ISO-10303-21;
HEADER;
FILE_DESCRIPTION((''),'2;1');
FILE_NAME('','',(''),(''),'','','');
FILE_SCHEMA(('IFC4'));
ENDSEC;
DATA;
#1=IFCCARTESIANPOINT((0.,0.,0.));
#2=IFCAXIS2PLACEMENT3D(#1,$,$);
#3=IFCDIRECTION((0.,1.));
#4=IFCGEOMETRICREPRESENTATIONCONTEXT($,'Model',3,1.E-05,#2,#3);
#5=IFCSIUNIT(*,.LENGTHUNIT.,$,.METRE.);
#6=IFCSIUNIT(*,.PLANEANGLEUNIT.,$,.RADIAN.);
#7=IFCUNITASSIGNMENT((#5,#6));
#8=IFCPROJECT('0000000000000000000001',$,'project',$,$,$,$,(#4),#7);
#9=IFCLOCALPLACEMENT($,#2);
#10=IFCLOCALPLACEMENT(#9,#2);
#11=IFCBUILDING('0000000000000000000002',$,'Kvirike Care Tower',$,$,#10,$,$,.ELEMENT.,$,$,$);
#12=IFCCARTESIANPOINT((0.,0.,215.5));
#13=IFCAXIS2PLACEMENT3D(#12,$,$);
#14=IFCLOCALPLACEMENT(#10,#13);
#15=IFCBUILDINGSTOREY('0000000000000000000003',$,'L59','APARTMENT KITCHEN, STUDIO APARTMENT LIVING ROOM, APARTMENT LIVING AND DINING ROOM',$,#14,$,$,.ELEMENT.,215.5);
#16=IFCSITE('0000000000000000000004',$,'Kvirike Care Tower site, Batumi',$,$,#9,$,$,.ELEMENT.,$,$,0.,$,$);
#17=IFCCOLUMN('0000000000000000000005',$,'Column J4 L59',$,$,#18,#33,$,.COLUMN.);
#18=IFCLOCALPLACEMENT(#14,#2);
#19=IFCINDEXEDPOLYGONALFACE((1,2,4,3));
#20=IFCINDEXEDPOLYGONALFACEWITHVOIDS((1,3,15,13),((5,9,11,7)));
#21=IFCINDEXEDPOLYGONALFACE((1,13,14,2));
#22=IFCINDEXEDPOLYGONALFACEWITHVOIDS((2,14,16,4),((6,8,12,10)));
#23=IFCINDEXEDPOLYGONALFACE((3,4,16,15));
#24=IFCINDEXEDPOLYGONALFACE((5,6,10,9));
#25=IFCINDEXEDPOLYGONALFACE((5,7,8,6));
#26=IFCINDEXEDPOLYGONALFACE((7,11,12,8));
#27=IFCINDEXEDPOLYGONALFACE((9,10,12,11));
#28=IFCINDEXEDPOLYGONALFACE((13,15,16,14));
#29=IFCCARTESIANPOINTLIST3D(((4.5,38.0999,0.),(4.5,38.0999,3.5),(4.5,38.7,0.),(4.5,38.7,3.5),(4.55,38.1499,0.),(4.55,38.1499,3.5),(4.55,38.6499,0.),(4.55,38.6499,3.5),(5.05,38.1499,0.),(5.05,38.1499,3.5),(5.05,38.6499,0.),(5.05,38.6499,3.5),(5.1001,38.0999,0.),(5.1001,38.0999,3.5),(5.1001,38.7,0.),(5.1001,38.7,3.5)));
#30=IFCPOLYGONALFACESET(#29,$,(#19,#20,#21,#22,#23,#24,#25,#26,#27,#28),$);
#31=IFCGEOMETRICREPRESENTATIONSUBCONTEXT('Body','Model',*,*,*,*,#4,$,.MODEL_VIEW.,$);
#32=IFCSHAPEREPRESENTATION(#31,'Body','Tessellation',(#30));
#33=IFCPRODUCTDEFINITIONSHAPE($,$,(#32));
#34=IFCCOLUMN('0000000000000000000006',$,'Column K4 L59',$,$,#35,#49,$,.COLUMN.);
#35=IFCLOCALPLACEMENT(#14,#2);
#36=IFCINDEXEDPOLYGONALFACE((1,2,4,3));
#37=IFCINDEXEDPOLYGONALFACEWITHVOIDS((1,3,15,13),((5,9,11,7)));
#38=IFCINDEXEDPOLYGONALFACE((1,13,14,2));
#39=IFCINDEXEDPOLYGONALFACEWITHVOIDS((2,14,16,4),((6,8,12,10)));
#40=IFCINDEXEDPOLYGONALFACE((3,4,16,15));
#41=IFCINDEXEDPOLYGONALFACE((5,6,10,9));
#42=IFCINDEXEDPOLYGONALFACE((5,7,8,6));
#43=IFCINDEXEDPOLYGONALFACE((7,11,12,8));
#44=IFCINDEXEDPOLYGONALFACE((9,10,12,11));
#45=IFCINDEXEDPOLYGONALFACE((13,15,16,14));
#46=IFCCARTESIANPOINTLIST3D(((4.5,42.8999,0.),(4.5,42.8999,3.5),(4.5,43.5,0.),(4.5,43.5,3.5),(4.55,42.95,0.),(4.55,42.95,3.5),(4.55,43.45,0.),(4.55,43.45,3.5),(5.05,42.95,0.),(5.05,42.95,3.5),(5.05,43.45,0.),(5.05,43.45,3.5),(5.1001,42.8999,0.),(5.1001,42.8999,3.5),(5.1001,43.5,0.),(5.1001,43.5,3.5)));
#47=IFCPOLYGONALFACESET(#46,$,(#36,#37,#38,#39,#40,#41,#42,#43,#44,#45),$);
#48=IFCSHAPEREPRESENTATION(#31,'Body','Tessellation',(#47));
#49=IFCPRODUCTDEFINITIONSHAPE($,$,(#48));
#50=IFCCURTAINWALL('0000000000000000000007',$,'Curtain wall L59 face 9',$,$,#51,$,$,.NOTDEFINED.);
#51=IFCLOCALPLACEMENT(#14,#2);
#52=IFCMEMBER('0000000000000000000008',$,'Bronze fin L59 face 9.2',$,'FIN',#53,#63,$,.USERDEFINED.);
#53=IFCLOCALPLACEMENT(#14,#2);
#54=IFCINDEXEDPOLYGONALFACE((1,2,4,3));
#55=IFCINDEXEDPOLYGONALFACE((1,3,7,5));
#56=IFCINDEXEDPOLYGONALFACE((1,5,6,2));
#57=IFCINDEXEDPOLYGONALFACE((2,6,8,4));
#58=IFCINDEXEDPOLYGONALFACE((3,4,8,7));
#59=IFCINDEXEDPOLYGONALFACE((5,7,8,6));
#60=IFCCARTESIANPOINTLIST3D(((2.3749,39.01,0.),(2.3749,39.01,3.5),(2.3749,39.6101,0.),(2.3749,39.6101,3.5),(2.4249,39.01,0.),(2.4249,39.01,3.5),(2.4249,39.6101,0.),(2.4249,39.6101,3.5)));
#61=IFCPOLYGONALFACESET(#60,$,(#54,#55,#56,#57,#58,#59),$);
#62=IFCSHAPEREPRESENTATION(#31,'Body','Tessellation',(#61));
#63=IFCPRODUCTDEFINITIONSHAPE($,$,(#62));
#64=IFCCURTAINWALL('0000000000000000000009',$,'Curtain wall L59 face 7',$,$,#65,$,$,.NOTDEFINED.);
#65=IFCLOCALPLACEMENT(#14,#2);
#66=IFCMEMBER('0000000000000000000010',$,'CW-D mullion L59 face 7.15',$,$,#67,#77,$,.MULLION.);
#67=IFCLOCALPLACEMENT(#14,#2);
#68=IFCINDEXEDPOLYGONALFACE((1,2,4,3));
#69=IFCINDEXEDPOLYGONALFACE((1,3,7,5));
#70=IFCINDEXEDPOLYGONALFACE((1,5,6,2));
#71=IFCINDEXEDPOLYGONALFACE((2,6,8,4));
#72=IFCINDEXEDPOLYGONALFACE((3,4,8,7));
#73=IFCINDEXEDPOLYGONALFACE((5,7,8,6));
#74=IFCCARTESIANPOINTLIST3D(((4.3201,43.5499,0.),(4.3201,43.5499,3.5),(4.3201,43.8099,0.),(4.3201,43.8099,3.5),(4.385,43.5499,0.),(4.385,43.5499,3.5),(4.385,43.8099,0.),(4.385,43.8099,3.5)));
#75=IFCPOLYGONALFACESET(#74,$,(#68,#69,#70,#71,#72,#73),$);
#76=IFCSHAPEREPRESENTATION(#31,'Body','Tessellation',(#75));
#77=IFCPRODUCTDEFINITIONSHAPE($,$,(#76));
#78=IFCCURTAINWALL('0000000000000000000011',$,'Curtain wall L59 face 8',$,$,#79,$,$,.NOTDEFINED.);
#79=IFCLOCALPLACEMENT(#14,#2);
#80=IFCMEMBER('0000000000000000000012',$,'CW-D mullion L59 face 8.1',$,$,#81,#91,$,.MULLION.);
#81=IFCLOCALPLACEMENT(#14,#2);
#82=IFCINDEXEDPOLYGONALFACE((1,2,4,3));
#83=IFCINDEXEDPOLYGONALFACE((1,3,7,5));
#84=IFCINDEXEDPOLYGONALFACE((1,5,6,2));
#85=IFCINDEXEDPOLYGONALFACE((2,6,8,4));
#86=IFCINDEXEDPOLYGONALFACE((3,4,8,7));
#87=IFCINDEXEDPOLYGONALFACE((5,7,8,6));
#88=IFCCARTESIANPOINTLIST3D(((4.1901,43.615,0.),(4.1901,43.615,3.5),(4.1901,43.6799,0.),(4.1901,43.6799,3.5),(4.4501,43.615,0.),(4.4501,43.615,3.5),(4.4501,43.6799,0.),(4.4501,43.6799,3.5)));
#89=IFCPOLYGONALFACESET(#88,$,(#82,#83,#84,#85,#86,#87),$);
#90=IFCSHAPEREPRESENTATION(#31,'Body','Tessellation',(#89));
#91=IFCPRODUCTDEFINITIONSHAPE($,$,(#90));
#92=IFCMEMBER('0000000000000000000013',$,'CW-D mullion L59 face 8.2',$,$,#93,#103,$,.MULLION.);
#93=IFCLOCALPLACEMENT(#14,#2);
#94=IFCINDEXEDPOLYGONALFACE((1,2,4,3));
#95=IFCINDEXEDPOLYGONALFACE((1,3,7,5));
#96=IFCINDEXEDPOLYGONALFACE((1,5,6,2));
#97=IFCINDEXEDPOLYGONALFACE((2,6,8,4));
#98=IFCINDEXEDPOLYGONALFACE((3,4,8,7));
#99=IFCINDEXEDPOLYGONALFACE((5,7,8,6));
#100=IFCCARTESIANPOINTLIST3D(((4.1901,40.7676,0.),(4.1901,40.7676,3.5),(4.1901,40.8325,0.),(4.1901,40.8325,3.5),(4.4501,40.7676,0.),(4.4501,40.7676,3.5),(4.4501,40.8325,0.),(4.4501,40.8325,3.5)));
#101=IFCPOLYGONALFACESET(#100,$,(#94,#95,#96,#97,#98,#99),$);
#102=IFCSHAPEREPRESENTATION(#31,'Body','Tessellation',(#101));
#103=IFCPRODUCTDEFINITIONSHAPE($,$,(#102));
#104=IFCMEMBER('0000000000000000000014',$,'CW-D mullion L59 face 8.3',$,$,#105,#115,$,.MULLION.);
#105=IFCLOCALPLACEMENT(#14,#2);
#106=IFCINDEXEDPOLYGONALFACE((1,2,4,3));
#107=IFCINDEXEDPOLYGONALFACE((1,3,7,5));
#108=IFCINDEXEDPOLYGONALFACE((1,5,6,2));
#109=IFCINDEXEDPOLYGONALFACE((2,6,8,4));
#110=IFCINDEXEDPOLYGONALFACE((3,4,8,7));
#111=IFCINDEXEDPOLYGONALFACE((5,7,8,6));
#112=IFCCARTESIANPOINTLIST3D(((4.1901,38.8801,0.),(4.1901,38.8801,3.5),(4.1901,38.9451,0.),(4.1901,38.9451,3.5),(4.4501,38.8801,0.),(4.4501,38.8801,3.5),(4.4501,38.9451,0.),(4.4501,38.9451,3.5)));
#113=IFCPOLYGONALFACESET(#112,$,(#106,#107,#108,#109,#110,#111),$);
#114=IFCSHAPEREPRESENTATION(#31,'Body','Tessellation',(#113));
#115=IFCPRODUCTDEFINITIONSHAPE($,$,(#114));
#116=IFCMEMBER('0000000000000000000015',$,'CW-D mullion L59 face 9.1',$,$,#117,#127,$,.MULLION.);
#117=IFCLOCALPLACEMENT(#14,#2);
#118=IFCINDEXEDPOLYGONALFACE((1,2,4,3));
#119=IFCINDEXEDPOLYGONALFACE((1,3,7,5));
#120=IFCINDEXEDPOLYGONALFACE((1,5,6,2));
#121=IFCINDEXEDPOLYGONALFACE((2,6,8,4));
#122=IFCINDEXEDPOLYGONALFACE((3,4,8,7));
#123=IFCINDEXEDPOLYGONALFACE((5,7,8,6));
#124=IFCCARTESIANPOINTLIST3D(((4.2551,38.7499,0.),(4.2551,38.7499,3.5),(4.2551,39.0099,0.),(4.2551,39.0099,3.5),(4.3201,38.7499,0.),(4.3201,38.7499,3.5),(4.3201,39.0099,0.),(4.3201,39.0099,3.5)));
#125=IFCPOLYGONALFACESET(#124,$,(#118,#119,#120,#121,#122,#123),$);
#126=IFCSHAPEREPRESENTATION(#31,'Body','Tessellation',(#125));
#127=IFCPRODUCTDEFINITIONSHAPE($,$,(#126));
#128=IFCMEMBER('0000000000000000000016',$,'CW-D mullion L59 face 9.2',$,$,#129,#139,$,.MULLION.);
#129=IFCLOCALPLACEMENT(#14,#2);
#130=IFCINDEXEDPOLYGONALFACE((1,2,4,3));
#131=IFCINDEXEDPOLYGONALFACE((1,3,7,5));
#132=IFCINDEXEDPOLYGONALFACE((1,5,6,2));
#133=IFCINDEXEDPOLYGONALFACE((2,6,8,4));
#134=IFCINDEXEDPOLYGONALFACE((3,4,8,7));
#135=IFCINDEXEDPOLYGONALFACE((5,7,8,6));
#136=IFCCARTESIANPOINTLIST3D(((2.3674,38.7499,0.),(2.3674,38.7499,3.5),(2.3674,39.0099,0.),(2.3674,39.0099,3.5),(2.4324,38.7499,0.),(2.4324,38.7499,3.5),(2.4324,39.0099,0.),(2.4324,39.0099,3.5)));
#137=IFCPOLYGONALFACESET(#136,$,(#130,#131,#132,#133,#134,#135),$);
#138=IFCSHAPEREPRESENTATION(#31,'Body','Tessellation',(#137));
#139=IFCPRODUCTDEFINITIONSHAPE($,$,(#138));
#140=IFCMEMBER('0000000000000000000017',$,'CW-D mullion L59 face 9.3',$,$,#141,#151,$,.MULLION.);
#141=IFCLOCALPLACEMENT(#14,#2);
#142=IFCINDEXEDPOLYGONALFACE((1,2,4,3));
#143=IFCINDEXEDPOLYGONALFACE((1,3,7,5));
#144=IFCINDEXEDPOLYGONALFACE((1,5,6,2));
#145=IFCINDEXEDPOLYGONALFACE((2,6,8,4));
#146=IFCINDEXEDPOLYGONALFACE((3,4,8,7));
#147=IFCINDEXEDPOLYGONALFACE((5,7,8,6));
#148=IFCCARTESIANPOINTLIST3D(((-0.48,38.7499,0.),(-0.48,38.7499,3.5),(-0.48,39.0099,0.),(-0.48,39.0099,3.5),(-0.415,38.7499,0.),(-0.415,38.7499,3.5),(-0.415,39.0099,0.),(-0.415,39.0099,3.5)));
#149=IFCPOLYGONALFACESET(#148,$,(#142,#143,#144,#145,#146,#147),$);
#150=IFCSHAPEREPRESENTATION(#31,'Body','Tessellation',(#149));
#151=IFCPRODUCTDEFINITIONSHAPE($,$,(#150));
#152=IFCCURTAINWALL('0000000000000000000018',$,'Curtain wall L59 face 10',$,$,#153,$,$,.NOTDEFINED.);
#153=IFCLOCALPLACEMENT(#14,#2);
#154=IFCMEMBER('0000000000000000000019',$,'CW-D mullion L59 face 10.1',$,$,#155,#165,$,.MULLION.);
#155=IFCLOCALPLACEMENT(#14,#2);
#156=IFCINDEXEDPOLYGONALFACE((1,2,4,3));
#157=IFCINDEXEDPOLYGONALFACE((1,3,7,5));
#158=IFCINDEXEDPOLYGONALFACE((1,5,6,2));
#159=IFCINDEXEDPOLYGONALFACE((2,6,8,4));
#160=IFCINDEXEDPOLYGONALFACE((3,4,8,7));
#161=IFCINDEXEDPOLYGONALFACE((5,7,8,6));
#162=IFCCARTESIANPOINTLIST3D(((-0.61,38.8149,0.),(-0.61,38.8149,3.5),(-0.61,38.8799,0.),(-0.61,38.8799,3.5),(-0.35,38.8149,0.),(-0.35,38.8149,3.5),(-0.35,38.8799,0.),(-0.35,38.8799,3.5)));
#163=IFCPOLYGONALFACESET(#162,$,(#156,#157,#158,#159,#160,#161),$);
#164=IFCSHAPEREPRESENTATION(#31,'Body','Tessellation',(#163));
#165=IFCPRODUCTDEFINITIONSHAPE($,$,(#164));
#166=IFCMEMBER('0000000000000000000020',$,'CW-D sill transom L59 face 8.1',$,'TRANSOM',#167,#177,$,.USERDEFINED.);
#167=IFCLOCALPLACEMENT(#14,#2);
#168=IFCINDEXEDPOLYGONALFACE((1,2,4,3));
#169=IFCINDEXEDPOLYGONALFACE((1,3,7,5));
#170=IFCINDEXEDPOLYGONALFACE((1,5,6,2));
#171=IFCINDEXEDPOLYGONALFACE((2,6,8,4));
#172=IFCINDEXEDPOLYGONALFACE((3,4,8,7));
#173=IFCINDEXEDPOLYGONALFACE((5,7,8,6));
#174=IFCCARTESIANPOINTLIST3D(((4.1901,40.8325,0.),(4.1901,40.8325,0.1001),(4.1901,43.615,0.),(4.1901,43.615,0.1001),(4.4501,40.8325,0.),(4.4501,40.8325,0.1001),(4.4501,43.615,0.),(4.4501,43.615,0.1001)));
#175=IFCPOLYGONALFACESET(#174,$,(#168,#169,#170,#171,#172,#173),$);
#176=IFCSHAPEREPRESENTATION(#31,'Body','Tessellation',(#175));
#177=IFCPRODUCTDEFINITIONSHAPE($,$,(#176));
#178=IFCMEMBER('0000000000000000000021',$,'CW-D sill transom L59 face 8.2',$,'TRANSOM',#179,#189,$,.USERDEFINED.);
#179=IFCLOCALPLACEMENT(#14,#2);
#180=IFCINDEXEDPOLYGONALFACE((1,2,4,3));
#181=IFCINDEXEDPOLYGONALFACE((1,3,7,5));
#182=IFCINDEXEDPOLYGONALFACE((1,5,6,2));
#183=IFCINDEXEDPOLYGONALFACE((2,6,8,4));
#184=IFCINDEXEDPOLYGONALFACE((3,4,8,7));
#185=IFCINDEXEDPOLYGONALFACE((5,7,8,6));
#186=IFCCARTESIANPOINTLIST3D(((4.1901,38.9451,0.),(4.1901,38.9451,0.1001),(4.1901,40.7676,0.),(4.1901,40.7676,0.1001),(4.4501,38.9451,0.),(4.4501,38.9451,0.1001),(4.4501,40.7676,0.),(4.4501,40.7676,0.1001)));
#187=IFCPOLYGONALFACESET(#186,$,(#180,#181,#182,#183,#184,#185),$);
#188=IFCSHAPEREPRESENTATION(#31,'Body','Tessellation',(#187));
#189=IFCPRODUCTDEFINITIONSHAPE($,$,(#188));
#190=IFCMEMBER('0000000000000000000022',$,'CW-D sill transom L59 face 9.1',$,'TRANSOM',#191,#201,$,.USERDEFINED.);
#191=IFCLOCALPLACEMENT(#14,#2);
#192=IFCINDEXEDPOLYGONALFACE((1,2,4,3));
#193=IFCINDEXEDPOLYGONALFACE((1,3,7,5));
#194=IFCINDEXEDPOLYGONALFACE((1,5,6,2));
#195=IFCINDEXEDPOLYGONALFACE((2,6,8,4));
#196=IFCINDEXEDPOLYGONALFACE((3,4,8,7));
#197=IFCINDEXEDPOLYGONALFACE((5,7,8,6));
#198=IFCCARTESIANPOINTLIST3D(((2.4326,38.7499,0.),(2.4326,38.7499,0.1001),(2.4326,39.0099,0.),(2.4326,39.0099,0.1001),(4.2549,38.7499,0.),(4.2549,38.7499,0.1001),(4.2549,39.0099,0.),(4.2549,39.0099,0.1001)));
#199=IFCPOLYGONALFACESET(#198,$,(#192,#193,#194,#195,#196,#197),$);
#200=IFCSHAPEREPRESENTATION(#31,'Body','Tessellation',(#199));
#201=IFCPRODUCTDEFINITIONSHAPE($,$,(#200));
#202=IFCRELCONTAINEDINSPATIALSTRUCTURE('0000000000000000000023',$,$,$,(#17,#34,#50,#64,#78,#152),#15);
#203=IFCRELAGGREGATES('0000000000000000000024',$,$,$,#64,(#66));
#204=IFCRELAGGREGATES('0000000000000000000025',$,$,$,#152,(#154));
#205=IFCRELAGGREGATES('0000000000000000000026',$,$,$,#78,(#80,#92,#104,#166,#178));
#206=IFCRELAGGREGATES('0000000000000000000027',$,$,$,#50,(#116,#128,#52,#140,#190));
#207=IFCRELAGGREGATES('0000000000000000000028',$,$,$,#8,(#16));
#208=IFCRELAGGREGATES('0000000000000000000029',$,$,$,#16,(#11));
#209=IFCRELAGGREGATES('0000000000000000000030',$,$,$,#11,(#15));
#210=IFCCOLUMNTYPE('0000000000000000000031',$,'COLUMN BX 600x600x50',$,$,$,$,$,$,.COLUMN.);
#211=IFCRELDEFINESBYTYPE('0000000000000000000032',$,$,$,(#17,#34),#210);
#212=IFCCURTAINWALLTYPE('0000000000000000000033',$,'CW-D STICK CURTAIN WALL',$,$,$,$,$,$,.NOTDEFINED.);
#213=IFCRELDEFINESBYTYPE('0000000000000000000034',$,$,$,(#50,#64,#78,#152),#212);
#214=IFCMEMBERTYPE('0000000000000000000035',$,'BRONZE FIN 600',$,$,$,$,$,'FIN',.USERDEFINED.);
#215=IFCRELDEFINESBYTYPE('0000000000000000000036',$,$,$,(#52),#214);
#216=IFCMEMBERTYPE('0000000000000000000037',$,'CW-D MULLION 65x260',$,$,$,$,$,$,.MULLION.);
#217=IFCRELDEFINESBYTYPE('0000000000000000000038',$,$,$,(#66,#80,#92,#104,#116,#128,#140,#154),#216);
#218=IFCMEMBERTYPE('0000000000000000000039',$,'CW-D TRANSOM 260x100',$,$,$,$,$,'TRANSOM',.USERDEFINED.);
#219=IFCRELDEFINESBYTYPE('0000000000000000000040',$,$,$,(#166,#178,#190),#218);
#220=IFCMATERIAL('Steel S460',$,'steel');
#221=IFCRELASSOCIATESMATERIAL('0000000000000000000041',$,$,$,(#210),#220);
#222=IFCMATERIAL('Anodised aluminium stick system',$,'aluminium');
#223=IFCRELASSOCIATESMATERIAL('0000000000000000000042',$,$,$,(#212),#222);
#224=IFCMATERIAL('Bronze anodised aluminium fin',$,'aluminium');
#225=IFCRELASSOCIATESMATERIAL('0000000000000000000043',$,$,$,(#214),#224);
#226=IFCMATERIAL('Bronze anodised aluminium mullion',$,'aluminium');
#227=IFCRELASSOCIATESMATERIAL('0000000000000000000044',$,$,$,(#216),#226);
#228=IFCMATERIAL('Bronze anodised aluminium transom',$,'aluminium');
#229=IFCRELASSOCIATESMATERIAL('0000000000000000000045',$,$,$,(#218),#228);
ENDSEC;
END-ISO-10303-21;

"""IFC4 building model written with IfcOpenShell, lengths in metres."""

from ifc_helpers import new_model, si_unit, direction, frame, origin, origin_2d, place, context, subcontext, project, spatial, rectangle, hollow_rectangle, extrude, material, material_profile, profile_set, type_object, element, aggregate, save


model = new_model("IFC4")

# Units and contexts
model_context = context("Model", 3, precision=1e-05, world=origin(), true_north=direction((0.0, 1.0)))
body_context = subcontext(model_context, "Body", "Model", "MODEL_VIEW")
ifc_project = project(units=[si_unit("LENGTHUNIT", "METRE"), si_unit("PLANEANGLEUNIT", "RADIAN")], contexts=[model_context])

# Site, building, storey
site_placement = place(None, origin())
site = spatial("IfcSite", under=ifc_project, at=site_placement, Name="Kvirike Care Tower site, Batumi", CompositionType="ELEMENT", RefElevation=0.0)
building_placement = place(site_placement, origin())
building = spatial("IfcBuilding", under=site, at=building_placement, Name="Kvirike Care Tower", CompositionType="ELEMENT")
storey_placement = place(building_placement, frame((0.0, 0.0, 215.5)))
storey = spatial("IfcBuildingStorey", under=building, at=storey_placement, Name="L59", Description="APARTMENT KITCHEN, STUDIO APARTMENT LIVING ROOM, APARTMENT LIVING AND DINING ROOM", CompositionType="ELEMENT", Elevation=215.5)

# Columns
ifc_material_1 = material(Name="Steel S460", Category="steel")
ifc_material_profile_1 = material_profile(ifc_material_1, hollow_rectangle(XDim=0.6001, YDim=0.6001, WallThickness=0.05, at=origin_2d()), Name="BX 600x600x50")
ifc_profile_set_1 = profile_set([ifc_material_profile_1], Name="Steel S460")
column_type = type_object("IfcColumnType", Name="COLUMN BX 600x600x50", PredefinedType="COLUMN", material=ifc_profile_set_1)
for number, where, z_axis, x_axis, name in (
    (1, (4.8, 38.3999, 0.0), (0.0, 0.0, 1.0), (0.0, 1.0, 0.0), "Column J4 L59"),
    (2, (4.8, 43.2, 0.0), (0.0, 0.0, 1.0), (0.0, 1.0, 0.0), "Column K4 L59"),
):
    element("IfcColumn", number, at=place(storey_placement, frame(where, z_axis=z_axis, x_axis=x_axis)), inside=storey, type_object=column_type, Name=name, PredefinedType="COLUMN", context=body_context, shape_type="SweptSolid", body=[
        extrude(hollow_rectangle(XDim=0.6001, YDim=0.6001, WallThickness=0.05, at=origin_2d()), origin(), (0.0, 0.0, 1.0), 3.5),
    ])

# Curtain walls, members
ifc_material_2 = material(Name="Anodised aluminium stick system", Category="aluminium")
curtain_wall_type = type_object("IfcCurtainWallType", Name="CW-D STICK CURTAIN WALL", PredefinedType="NOTDEFINED", material=ifc_material_2)
curtain_wall_1_placement = place(storey_placement, origin())
curtain_wall_1 = element("IfcCurtainWall", 3, at=curtain_wall_1_placement, inside=storey, type_object=curtain_wall_type, Name="Curtain wall L59 face 9", PredefinedType="NOTDEFINED")
ifc_material_3 = material(Name="Bronze anodised aluminium fin", Category="aluminium")
ifc_material_profile_2 = material_profile(ifc_material_3, rectangle(XDim=0.05, YDim=0.6001, at=origin_2d()), Name="BRONZE FIN 600")
ifc_profile_set_2 = profile_set([ifc_material_profile_2], Name="Bronze anodised aluminium fin")
member_type_1 = type_object("IfcMemberType", Name="BRONZE FIN 600", ElementType="FIN", PredefinedType="USERDEFINED", material=ifc_profile_set_2)
member_1_placement = place(storey_placement, frame((2.3999, 39.3101, 0.0), z_axis=(0.0, 0.0, 1.0), x_axis=(-1.0, 0.0, 0.0)))
member_1 = element("IfcMember", 4, at=member_1_placement, type_object=member_type_1, Name="Bronze fin L59 face 9.2", ObjectType="FIN", PredefinedType="USERDEFINED", context=body_context, shape_type="SweptSolid", body=[
    extrude(rectangle(XDim=0.05, YDim=0.6001, at=origin_2d()), origin(), (0.0, 0.0, 1.0), 3.5),
])
curtain_wall_2_placement = place(storey_placement, origin())
curtain_wall_2 = element("IfcCurtainWall", 5, at=curtain_wall_2_placement, inside=storey, type_object=curtain_wall_type, Name="Curtain wall L59 face 7", PredefinedType="NOTDEFINED")
ifc_material_4 = material(Name="Bronze anodised aluminium mullion", Category="aluminium")
ifc_material_profile_3 = material_profile(ifc_material_4, rectangle(XDim=0.0649, YDim=0.26, at=origin_2d()), Name="CW-D MULLION 65x260")
ifc_profile_set_3 = profile_set([ifc_material_profile_3], Name="Bronze anodised aluminium mullion")
member_type_2 = type_object("IfcMemberType", Name="CW-D MULLION 65x260", PredefinedType="MULLION", material=ifc_profile_set_3)
member_2_placement = place(storey_placement, frame((4.3525, 43.6799, 0.0), z_axis=(0.0, 0.0, 1.0), x_axis=(-1.0, 0.0, 0.0)))
member_2 = element("IfcMember", 6, at=member_2_placement, type_object=member_type_2, Name="CW-D mullion L59 face 7.15", PredefinedType="MULLION", context=body_context, shape_type="SweptSolid", body=[
    extrude(rectangle(XDim=0.0649, YDim=0.26, at=origin_2d()), origin(), (0.0, 0.0, 1.0), 3.5),
])
aggregate(curtain_wall_2, [member_2])

# Curtain wall, members
curtain_wall_3_placement = place(storey_placement, origin())
curtain_wall_3 = element("IfcCurtainWall", 7, at=curtain_wall_3_placement, inside=storey, type_object=curtain_wall_type, Name="Curtain wall L59 face 8", PredefinedType="NOTDEFINED")
member_3_placement = place(storey_placement, frame((4.3201, 43.6475, 0.0), z_axis=(0.0, 0.0, 1.0), x_axis=(0.0, -1.0, 0.0)))
member_3 = element("IfcMember", 8, at=member_3_placement, type_object=member_type_2, Name="CW-D mullion L59 face 8.1", PredefinedType="MULLION", context=body_context, shape_type="SweptSolid", body=[
    extrude(rectangle(XDim=0.0649, YDim=0.26, at=origin_2d()), origin(), (0.0, 0.0, 1.0), 3.5),
])
member_4_placement = place(storey_placement, frame((4.3201, 40.8, 0.0), z_axis=(0.0, 0.0, 1.0), x_axis=(0.0, -1.0, 0.0)))
member_4 = element("IfcMember", 9, at=member_4_placement, type_object=member_type_2, Name="CW-D mullion L59 face 8.2", PredefinedType="MULLION", context=body_context, shape_type="SweptSolid", body=[
    extrude(rectangle(XDim=0.0649, YDim=0.26, at=origin_2d()), origin(), (0.0, 0.0, 1.0), 3.5),
])
member_5_placement = place(storey_placement, frame((4.3201, 38.9126, 0.0), z_axis=(0.0, 0.0, 1.0), x_axis=(0.0, -1.0, 0.0)))
member_5 = element("IfcMember", 10, at=member_5_placement, type_object=member_type_2, Name="CW-D mullion L59 face 8.3", PredefinedType="MULLION", context=body_context, shape_type="SweptSolid", body=[
    extrude(rectangle(XDim=0.0649, YDim=0.26, at=origin_2d()), origin(), (0.0, 0.0, 1.0), 3.5),
])

# Members
member_6_placement = place(storey_placement, frame((4.2876, 38.8799, 0.0), z_axis=(0.0, 0.0, 1.0), x_axis=(-1.0, 0.0, 0.0)))
member_6 = element("IfcMember", 11, at=member_6_placement, type_object=member_type_2, Name="CW-D mullion L59 face 9.1", PredefinedType="MULLION", context=body_context, shape_type="SweptSolid", body=[
    extrude(rectangle(XDim=0.0649, YDim=0.26, at=origin_2d()), origin(), (0.0, 0.0, 1.0), 3.5),
])
member_7_placement = place(storey_placement, frame((2.3999, 38.8799, 0.0), z_axis=(0.0, 0.0, 1.0), x_axis=(-1.0, 0.0, 0.0)))
member_7 = element("IfcMember", 12, at=member_7_placement, type_object=member_type_2, Name="CW-D mullion L59 face 9.2", PredefinedType="MULLION", context=body_context, shape_type="SweptSolid", body=[
    extrude(rectangle(XDim=0.0649, YDim=0.26, at=origin_2d()), origin(), (0.0, 0.0, 1.0), 3.5),
])
member_8_placement = place(storey_placement, frame((-0.4475, 38.8799, 0.0), z_axis=(0.0, 0.0, 1.0), x_axis=(-1.0, 0.0, 0.0)))
member_8 = element("IfcMember", 13, at=member_8_placement, type_object=member_type_2, Name="CW-D mullion L59 face 9.3", PredefinedType="MULLION", context=body_context, shape_type="SweptSolid", body=[
    extrude(rectangle(XDim=0.0649, YDim=0.26, at=origin_2d()), origin(), (0.0, 0.0, 1.0), 3.5),
])

# Curtain wall, member
curtain_wall_4_placement = place(storey_placement, origin())
curtain_wall_4 = element("IfcCurtainWall", 14, at=curtain_wall_4_placement, inside=storey, type_object=curtain_wall_type, Name="Curtain wall L59 face 10", PredefinedType="NOTDEFINED")
member_9_placement = place(storey_placement, frame((-0.48, 38.8474, 0.0), z_axis=(0.0, 0.0, 1.0), x_axis=(0.0, -1.0, 0.0)))
member_9 = element("IfcMember", 15, at=member_9_placement, type_object=member_type_2, Name="CW-D mullion L59 face 10.1", PredefinedType="MULLION", context=body_context, shape_type="SweptSolid", body=[
    extrude(rectangle(XDim=0.0649, YDim=0.26, at=origin_2d()), origin(), (0.0, 0.0, 1.0), 3.5),
])

# Members
ifc_material_5 = material(Name="Bronze anodised aluminium transom", Category="aluminium")
ifc_material_profile_4 = material_profile(ifc_material_5, rectangle(XDim=0.26, YDim=0.1001, at=origin_2d()), Name="CW-D TRANSOM 260x100")
ifc_profile_set_4 = profile_set([ifc_material_profile_4], Name="Bronze anodised aluminium transom")
member_type_3 = type_object("IfcMemberType", Name="CW-D TRANSOM 260x100", ElementType="TRANSOM", PredefinedType="USERDEFINED", material=ifc_profile_set_4)
member_10_placement = place(storey_placement, frame((4.3201, 43.615, 0.05), z_axis=(0.0, -1.0, 0.0), x_axis=(1.0, 0.0, 0.0)))
member_10 = element("IfcMember", 16, at=member_10_placement, type_object=member_type_3, Name="CW-D sill transom L59 face 8.1", ObjectType="TRANSOM", PredefinedType="USERDEFINED", context=body_context, shape_type="SweptSolid", body=[
    extrude(rectangle(XDim=0.26, YDim=0.1001, at=origin_2d()), origin(), (0.0, 0.0, 1.0), 2.7825),
])
member_11_placement = place(storey_placement, frame((4.3201, 40.7676, 0.05), z_axis=(0.0, -1.0, 0.0), x_axis=(1.0, 0.0, 0.0)))
member_11 = element("IfcMember", 17, at=member_11_placement, type_object=member_type_3, Name="CW-D sill transom L59 face 8.2", ObjectType="TRANSOM", PredefinedType="USERDEFINED", context=body_context, shape_type="SweptSolid", body=[
    extrude(rectangle(XDim=0.26, YDim=0.1001, at=origin_2d()), origin(), (0.0, 0.0, 1.0), 1.8225),
])
member_12_placement = place(storey_placement, frame((4.2549, 38.8799, 0.05), z_axis=(-1.0, 0.0, 0.0), x_axis=(0.0, -1.0, 0.0)))
member_12 = element("IfcMember", 18, at=member_12_placement, type_object=member_type_3, Name="CW-D sill transom L59 face 9.1", ObjectType="TRANSOM", PredefinedType="USERDEFINED", context=body_context, shape_type="SweptSolid", body=[
    extrude(rectangle(XDim=0.26, YDim=0.1001, at=origin_2d()), origin(), (0.0, 0.0, 1.0), 1.8223),
])
aggregate(curtain_wall_4, [member_9])

aggregate(curtain_wall_3, [member_3, member_4, member_5, member_10, member_11])
aggregate(curtain_wall_1, [member_6, member_7, member_1, member_8, member_12])

save(model, "model.ifc")
